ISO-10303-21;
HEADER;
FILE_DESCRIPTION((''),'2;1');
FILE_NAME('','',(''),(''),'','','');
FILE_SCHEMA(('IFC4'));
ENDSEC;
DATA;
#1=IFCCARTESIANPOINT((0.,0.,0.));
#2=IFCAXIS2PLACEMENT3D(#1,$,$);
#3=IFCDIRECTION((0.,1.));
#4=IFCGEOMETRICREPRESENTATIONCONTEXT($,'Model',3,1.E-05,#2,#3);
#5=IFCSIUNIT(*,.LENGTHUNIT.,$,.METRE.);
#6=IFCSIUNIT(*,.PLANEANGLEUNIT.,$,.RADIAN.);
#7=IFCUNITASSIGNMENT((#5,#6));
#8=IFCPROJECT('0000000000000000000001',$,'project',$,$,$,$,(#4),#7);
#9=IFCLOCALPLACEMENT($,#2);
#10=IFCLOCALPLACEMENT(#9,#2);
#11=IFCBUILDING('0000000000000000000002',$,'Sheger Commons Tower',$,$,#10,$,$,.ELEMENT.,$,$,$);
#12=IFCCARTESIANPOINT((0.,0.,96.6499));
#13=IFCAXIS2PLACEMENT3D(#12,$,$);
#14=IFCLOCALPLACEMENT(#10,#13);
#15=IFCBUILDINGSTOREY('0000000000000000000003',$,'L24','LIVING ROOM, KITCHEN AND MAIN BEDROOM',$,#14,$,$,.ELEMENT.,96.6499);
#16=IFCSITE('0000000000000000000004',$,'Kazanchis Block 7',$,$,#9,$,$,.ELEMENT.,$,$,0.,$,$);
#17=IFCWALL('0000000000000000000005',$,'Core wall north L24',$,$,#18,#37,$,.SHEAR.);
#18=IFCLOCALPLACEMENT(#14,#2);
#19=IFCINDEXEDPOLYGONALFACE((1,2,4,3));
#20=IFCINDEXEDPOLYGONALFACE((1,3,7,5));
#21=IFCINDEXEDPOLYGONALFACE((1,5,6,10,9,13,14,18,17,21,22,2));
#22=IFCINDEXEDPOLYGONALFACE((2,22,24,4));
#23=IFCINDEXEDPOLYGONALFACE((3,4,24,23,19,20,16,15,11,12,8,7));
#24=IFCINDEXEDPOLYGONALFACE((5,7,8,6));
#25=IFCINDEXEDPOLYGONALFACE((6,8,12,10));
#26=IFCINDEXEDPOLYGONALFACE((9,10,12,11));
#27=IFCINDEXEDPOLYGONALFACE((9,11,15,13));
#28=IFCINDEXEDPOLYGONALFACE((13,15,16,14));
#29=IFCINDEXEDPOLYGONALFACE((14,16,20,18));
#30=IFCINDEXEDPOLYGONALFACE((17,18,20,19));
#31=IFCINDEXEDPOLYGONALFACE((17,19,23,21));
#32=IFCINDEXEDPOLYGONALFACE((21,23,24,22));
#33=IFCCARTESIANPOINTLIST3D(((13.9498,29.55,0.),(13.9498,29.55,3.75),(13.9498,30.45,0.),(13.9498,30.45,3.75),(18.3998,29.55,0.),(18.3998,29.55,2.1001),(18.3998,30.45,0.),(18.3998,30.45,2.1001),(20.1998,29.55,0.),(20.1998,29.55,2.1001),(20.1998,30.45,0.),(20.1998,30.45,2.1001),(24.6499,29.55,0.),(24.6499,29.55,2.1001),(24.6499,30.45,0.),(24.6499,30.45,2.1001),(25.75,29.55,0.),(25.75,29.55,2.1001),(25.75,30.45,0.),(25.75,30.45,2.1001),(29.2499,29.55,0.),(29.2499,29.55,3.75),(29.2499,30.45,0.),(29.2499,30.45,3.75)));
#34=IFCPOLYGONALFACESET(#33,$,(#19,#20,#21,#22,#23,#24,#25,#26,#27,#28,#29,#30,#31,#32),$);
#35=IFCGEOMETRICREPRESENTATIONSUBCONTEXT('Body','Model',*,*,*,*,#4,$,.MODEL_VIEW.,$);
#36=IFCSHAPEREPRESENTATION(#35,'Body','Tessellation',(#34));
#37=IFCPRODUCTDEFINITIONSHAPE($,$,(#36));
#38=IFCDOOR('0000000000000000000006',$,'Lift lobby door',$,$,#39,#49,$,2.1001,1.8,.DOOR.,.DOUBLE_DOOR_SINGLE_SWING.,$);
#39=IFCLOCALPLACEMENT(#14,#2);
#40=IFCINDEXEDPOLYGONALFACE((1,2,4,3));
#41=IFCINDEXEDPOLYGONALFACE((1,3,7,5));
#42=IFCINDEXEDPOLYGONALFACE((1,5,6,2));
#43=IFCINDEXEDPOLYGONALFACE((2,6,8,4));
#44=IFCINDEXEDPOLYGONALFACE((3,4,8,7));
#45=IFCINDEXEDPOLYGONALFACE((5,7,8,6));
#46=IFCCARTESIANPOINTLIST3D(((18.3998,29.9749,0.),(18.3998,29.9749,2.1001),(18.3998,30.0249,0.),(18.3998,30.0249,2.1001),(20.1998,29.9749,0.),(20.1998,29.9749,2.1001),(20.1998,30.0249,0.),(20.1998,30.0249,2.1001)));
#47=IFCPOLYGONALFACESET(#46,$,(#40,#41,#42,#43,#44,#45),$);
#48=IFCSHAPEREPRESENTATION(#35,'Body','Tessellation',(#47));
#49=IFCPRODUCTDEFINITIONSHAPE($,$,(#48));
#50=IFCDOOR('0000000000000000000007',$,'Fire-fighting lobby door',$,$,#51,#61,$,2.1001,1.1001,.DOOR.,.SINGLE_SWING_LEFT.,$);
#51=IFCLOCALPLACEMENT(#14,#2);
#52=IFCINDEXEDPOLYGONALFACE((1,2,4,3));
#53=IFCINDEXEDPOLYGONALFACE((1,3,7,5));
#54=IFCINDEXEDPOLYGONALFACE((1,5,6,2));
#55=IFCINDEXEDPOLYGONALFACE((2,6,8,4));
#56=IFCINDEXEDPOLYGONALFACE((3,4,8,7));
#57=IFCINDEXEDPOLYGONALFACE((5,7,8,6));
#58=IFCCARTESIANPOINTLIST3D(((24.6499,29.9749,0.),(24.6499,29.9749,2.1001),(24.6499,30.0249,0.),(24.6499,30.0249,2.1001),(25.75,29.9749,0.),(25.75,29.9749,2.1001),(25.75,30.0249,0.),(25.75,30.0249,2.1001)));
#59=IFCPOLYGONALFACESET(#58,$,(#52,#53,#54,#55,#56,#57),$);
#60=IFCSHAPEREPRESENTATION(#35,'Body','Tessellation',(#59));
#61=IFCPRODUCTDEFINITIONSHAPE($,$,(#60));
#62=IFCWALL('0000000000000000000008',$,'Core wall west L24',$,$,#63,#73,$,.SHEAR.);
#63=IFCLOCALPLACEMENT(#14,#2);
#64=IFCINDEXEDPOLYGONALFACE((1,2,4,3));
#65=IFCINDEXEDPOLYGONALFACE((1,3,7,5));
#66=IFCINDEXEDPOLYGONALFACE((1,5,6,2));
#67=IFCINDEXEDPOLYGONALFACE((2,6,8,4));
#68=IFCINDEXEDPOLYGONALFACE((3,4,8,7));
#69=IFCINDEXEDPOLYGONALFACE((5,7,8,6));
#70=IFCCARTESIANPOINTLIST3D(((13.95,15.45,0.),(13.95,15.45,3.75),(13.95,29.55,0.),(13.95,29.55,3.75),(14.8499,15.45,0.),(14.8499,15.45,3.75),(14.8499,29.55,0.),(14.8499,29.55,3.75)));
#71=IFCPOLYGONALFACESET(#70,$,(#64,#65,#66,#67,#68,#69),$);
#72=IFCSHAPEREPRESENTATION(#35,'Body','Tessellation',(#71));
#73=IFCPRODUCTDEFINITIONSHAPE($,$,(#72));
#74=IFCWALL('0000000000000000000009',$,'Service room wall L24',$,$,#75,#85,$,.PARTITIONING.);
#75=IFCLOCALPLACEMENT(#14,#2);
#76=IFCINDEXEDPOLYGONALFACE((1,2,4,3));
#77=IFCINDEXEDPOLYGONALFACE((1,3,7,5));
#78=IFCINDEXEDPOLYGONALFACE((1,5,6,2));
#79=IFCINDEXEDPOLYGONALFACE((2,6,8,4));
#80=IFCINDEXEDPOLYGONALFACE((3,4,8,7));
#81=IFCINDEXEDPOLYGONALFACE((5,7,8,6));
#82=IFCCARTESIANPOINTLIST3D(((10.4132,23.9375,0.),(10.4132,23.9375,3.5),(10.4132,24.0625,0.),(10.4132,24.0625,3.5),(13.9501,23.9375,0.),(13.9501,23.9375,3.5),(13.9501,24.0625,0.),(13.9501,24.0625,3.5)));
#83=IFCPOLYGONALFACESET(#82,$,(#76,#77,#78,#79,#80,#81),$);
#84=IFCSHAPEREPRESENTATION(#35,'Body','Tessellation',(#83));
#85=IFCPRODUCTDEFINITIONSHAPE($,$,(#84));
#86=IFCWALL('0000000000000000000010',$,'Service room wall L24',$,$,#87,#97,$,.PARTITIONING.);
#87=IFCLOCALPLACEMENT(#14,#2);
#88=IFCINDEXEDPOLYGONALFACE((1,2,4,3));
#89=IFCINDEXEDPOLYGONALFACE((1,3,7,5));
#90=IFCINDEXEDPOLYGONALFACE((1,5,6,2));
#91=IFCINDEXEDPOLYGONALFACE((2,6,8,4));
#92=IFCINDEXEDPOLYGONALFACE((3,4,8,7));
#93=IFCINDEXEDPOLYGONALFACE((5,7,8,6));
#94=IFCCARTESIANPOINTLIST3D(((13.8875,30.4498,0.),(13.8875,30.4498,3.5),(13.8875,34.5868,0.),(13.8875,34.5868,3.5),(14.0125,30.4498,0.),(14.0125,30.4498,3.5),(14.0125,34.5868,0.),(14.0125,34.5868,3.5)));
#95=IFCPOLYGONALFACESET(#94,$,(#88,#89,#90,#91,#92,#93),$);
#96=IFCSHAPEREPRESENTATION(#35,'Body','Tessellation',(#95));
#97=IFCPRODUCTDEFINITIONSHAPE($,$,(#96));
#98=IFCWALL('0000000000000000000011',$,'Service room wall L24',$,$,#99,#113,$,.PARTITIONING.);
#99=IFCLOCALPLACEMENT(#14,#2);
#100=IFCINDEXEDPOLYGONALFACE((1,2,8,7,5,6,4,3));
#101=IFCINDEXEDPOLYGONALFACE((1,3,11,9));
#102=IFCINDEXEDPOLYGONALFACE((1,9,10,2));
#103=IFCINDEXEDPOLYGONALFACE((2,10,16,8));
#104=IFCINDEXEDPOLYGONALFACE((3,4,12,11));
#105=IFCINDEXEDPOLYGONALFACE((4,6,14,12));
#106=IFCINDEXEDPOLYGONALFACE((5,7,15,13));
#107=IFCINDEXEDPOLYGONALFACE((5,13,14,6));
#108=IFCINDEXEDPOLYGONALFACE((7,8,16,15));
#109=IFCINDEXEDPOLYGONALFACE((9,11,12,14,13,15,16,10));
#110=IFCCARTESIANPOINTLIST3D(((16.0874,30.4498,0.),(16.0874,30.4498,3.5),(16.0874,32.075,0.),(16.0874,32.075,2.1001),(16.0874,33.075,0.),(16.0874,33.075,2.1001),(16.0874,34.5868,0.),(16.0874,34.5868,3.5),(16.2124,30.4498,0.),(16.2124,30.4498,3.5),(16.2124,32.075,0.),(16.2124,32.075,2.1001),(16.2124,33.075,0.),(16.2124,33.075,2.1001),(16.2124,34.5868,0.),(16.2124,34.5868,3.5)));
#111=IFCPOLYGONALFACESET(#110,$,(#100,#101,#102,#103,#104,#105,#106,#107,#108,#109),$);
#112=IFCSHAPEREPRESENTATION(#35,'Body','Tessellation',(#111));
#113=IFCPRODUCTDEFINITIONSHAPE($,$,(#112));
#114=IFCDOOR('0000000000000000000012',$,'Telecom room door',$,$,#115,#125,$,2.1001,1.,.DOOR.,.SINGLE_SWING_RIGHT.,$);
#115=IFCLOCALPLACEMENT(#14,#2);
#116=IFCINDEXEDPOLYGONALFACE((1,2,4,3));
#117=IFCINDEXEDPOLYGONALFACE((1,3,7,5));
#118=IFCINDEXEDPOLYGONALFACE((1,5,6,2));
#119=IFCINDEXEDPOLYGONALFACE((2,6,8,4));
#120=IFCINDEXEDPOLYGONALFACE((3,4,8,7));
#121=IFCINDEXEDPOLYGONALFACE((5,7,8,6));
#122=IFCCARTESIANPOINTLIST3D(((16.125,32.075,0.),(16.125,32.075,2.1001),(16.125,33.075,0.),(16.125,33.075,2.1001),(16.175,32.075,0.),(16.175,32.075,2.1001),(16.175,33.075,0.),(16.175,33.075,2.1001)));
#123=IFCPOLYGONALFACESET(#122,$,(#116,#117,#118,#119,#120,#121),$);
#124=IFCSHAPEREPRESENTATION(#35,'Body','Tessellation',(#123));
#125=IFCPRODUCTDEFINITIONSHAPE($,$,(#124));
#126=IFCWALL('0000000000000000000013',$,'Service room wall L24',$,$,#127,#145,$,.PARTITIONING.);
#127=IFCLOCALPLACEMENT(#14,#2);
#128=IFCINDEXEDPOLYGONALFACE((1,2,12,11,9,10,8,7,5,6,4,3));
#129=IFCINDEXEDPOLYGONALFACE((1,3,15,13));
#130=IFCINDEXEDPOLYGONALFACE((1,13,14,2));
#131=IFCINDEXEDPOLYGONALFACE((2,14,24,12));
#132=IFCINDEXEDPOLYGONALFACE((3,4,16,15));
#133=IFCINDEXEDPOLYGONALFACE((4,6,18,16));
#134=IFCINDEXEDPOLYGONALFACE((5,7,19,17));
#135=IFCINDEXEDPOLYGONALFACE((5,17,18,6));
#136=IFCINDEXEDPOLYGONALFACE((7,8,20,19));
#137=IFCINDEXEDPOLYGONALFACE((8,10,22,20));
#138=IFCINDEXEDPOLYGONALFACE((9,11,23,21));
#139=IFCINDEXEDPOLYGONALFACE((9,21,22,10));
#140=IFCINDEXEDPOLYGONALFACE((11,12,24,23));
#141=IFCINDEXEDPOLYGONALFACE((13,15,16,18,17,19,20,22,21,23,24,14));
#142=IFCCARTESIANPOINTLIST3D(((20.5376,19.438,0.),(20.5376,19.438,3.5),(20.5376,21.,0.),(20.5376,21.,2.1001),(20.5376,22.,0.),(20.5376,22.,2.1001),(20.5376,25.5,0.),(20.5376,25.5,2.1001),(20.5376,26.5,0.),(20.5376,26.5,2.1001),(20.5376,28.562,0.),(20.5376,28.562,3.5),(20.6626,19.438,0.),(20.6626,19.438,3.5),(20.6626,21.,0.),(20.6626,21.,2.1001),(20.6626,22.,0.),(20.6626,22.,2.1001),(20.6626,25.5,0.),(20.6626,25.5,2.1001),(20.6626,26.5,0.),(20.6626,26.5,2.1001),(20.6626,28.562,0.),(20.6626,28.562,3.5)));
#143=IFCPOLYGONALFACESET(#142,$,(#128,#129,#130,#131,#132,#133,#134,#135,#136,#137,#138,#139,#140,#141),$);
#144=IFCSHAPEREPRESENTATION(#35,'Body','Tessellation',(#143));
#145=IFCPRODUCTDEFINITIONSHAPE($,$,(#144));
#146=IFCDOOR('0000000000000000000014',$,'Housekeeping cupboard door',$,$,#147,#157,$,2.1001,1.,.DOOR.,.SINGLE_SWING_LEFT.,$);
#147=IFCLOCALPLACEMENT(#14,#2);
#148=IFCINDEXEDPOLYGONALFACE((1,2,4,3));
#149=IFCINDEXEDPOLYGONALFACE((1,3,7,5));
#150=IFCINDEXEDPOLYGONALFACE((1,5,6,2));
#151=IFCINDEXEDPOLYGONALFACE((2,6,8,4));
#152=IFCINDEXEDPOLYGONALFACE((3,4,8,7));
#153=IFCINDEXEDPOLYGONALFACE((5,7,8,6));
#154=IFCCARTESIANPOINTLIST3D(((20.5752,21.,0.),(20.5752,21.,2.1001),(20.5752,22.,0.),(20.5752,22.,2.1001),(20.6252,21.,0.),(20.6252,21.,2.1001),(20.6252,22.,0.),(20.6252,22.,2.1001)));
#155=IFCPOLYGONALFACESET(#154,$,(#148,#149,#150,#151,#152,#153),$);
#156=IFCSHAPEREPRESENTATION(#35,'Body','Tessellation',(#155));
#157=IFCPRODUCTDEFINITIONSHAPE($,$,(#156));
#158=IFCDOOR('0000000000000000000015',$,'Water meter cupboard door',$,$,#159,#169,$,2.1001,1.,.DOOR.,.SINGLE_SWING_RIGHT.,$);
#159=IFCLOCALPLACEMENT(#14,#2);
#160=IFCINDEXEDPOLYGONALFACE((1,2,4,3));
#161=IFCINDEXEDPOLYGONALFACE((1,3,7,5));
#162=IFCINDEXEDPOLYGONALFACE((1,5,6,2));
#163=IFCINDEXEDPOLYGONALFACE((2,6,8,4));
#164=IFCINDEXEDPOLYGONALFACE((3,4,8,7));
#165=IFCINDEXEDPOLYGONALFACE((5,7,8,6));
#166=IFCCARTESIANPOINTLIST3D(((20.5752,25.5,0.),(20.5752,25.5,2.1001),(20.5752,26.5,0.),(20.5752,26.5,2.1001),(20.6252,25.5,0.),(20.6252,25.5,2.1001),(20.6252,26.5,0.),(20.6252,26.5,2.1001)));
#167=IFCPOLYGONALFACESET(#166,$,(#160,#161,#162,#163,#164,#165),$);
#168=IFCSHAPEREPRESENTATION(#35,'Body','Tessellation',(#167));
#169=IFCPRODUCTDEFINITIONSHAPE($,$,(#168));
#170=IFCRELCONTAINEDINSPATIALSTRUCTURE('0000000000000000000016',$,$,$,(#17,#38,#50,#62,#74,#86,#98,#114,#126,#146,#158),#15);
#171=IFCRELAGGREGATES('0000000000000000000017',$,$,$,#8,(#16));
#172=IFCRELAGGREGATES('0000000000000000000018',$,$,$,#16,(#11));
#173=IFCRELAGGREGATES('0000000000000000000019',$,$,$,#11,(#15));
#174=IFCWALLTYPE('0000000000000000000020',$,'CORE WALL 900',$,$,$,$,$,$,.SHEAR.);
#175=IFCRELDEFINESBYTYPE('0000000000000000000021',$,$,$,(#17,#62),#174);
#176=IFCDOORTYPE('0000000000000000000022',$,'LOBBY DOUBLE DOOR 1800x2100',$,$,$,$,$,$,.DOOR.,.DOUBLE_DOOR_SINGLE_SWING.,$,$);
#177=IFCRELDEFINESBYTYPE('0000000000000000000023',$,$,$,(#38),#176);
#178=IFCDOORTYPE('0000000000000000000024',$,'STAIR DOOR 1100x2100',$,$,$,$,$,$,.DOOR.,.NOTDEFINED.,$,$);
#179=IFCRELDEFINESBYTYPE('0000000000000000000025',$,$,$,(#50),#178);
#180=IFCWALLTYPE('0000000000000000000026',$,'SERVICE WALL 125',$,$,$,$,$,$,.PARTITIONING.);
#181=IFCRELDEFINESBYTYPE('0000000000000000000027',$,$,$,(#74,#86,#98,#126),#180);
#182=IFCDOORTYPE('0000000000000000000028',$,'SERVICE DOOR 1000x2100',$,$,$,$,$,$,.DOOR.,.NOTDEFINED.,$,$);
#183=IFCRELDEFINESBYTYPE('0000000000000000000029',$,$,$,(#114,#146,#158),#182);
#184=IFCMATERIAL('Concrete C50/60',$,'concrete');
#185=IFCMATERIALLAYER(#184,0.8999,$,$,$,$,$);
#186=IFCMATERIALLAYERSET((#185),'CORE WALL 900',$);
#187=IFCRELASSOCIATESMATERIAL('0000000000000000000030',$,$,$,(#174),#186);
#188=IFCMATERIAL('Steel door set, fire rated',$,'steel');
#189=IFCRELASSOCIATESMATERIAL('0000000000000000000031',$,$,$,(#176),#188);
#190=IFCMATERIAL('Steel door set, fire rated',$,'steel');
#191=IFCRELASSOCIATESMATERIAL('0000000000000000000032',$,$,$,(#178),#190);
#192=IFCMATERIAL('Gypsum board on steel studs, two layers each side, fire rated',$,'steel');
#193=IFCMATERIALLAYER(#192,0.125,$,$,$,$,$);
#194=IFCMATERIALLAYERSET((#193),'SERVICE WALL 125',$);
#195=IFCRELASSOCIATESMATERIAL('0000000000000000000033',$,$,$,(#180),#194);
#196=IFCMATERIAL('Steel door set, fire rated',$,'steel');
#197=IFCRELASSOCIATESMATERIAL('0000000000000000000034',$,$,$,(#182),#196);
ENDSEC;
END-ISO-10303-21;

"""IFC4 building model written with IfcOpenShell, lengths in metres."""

from ifc_helpers import new_model, si_unit, direction, frame, frame_2d, origin, place, context, subcontext, project, spatial, rectangle, extrude, material, layer, layer_set, type_object, element, fill, save


model = new_model("IFC4")

# Units and contexts
model_context = context("Model", 3, precision=1e-05, world=origin(), true_north=direction((0.0, 1.0)))
body_context = subcontext(model_context, "Body", "Model", "MODEL_VIEW")
ifc_project = project(units=[si_unit("LENGTHUNIT", "METRE"), si_unit("PLANEANGLEUNIT", "RADIAN")], contexts=[model_context])

# Site, building, storey
site_placement = place(None, origin())
site = spatial("IfcSite", under=ifc_project, at=site_placement, Name="Kazanchis Block 7", CompositionType="ELEMENT", RefElevation=0.0)
building_placement = place(site_placement, origin())
building = spatial("IfcBuilding", under=site, at=building_placement, Name="Sheger Commons Tower", CompositionType="ELEMENT")
storey_placement = place(building_placement, frame((0.0, 0.0, 96.6499)))
storey = spatial("IfcBuildingStorey", under=building, at=storey_placement, Name="L24", Description="LIVING ROOM, KITCHEN AND MAIN BEDROOM", CompositionType="ELEMENT", Elevation=96.6499)

# Wall, openings, doors
ifc_material_1 = material(Name="Concrete C50/60", Category="concrete")
ifc_layer_1 = layer(ifc_material_1, 0.8999)
ifc_layer_set_1 = layer_set([ifc_layer_1], Name="CORE WALL 900")
wall_type_1 = type_object("IfcWallType", Name="CORE WALL 900", PredefinedType="SHEAR", material=ifc_layer_set_1)
ifc_material_2 = material(Name="Steel door set, fire rated", Category="steel")
door_type_1 = type_object("IfcDoorType", Name="LOBBY DOUBLE DOOR 1800x2100", OperationType="DOUBLE_DOOR_SINGLE_SWING", PredefinedType="DOOR", material=ifc_material_2)
ifc_material_3 = material(Name="Steel door set, fire rated", Category="steel")
door_type_2 = type_object("IfcDoorType", Name="STAIR DOOR 1100x2100", OperationType="NOTDEFINED", PredefinedType="DOOR", material=ifc_material_3)
wall_1_placement = place(storey_placement, frame((13.95, 30.0, 0.0), z_axis=(0.0, 0.0, 1.0), x_axis=(1.0, 0.0, 0.0)))
wall_1 = element("IfcWall", 1, at=wall_1_placement, inside=storey, type_object=wall_type_1, Name="Core wall north L24", PredefinedType="SHEAR", context=body_context, shape_type="SweptSolid", body=[
    extrude(rectangle(XDim=15.3, YDim=0.8999, at=frame_2d((7.6499, 0.0))), origin(), (0.0, 0.0, 1.0), 3.75),
])
opening_1_placement = place(wall_1_placement, frame((4.45, 0.0, 0.0)))
opening_1 = element("IfcOpeningElement", 2, at=opening_1_placement, cuts=wall_1, PredefinedType="OPENING", context=body_context, shape_type="SweptSolid", body=[
    extrude(rectangle(XDim=1.8, YDim=2.1001, at=frame_2d((0.8999, 1.05))), frame((0.0, 0.46, 0.0), z_axis=(0.0, -1.0, 0.0), x_axis=(1.0, 0.0, 0.0)), (0.0, 0.0, 1.0), 0.9199),
])
opening_2_placement = place(wall_1_placement, frame((10.7, 0.0, 0.0)))
opening_2 = element("IfcOpeningElement", 3, at=opening_2_placement, cuts=wall_1, PredefinedType="OPENING", context=body_context, shape_type="SweptSolid", body=[
    extrude(rectangle(XDim=1.1001, YDim=2.1001, at=frame_2d((0.55, 1.05))), frame((0.0, 0.46, 0.0), z_axis=(0.0, -1.0, 0.0), x_axis=(1.0, 0.0, 0.0)), (0.0, 0.0, 1.0), 0.9199),
])
door_1_placement = place(opening_1_placement, origin())
door_1 = element("IfcDoor", 4, at=door_1_placement, inside=storey, type_object=door_type_1, Name="Lift lobby door", OperationType="DOUBLE_DOOR_SINGLE_SWING", OverallHeight=2.1001, OverallWidth=1.8, PredefinedType="DOOR", context=body_context, shape_type="SweptSolid", body=[
    extrude(rectangle(XDim=1.8, YDim=2.1001, at=frame_2d((0.8999, 1.05))), frame((0.0, 0.0249, 0.0), z_axis=(0.0, -1.0, 0.0), x_axis=(1.0, 0.0, 0.0)), (0.0, 0.0, 1.0), 0.05),
])
fill(opening_1, door_1)
door_2_placement = place(opening_2_placement, origin())
door_2 = element("IfcDoor", 5, at=door_2_placement, inside=storey, type_object=door_type_2, Name="Fire-fighting lobby door", OperationType="SINGLE_SWING_LEFT", OverallHeight=2.1001, OverallWidth=1.1001, PredefinedType="DOOR", context=body_context, shape_type="SweptSolid", body=[
    extrude(rectangle(XDim=1.1001, YDim=2.1001, at=frame_2d((0.55, 1.05))), frame((0.0, 0.0249, 0.0), z_axis=(0.0, -1.0, 0.0), x_axis=(1.0, 0.0, 0.0)), (0.0, 0.0, 1.0), 0.05),
])
fill(opening_2, door_2)

# Walls
wall_2_placement = place(storey_placement, frame((14.3999, 15.45, 0.0), z_axis=(0.0, 0.0, 1.0), x_axis=(0.0, 1.0, 0.0)))
element("IfcWall", 6, at=wall_2_placement, inside=storey, type_object=wall_type_1, Name="Core wall west L24", PredefinedType="SHEAR", context=body_context, shape_type="SweptSolid", body=[
    extrude(rectangle(XDim=14.1001, YDim=0.8999, at=frame_2d((7.05, 0.0))), origin(), (0.0, 0.0, 1.0), 3.75),
])
ifc_material_4 = material(Name="Gypsum board on steel studs, two layers each side, fire rated", Category="steel")
ifc_layer_2 = layer(ifc_material_4, 0.125)
ifc_layer_set_2 = layer_set([ifc_layer_2], Name="SERVICE WALL 125")
wall_type_2 = type_object("IfcWallType", Name="SERVICE WALL 125", PredefinedType="PARTITIONING", material=ifc_layer_set_2)
wall_3_placement = place(storey_placement, frame((10.4131, 24.0, 0.0), z_axis=(0.0, 0.0, 1.0), x_axis=(1.0, 0.0, 0.0)))
element("IfcWall", 7, at=wall_3_placement, inside=storey, type_object=wall_type_2, Name="Service room wall L24", PredefinedType="PARTITIONING", context=body_context, shape_type="SweptSolid", body=[
    extrude(rectangle(XDim=3.5369, YDim=0.125, at=frame_2d((1.7686, 0.0))), origin(), (0.0, 0.0, 1.0), 3.5),
])
wall_4_placement = place(storey_placement, frame((13.95, 30.45, 0.0), z_axis=(0.0, 0.0, 1.0), x_axis=(0.0, 1.0, 0.0)))
element("IfcWall", 8, at=wall_4_placement, inside=storey, type_object=wall_type_2, Name="Service room wall L24", PredefinedType="PARTITIONING", context=body_context, shape_type="SweptSolid", body=[
    extrude(rectangle(XDim=4.137, YDim=0.125, at=frame_2d((2.0684, 0.0))), origin(), (0.0, 0.0, 1.0), 3.5),
])

# Wall, opening, door
wall_5_placement = place(storey_placement, frame((16.1499, 30.45, 0.0), z_axis=(0.0, 0.0, 1.0), x_axis=(0.0, 1.0, 0.0)))
wall_5 = element("IfcWall", 9, at=wall_5_placement, inside=storey, type_object=wall_type_2, Name="Service room wall L24", PredefinedType="PARTITIONING", context=body_context, shape_type="SweptSolid", body=[
    extrude(rectangle(XDim=4.137, YDim=0.125, at=frame_2d((2.0684, 0.0))), origin(), (0.0, 0.0, 1.0), 3.5),
])
opening_3_placement = place(wall_5_placement, frame((1.625, 0.0, 0.0)))
opening_3 = element("IfcOpeningElement", 10, at=opening_3_placement, cuts=wall_5, PredefinedType="OPENING", context=body_context, shape_type="SweptSolid", body=[
    extrude(rectangle(XDim=1.0, YDim=2.1001, at=frame_2d((0.5, 1.05))), frame((0.0, 0.0725, 0.0), z_axis=(0.0, -1.0, 0.0), x_axis=(1.0, 0.0, 0.0)), (0.0, 0.0, 1.0), 0.145),
])
ifc_material_5 = material(Name="Steel door set, fire rated", Category="steel")
door_type_3 = type_object("IfcDoorType", Name="SERVICE DOOR 1000x2100", OperationType="NOTDEFINED", PredefinedType="DOOR", material=ifc_material_5)
door_3_placement = place(opening_3_placement, origin())
door_3 = element("IfcDoor", 11, at=door_3_placement, inside=storey, type_object=door_type_3, Name="Telecom room door", OperationType="SINGLE_SWING_RIGHT", OverallHeight=2.1001, OverallWidth=1.0, PredefinedType="DOOR", context=body_context, shape_type="SweptSolid", body=[
    extrude(rectangle(XDim=1.0, YDim=2.1001, at=frame_2d((0.5, 1.05))), frame((0.0, 0.0249, 0.0), z_axis=(0.0, -1.0, 0.0), x_axis=(1.0, 0.0, 0.0)), (0.0, 0.0, 1.0), 0.05),
])
fill(opening_3, door_3)

# Wall, openings, doors
wall_6_placement = place(storey_placement, frame((20.6001, 19.438, 0.0), z_axis=(0.0, 0.0, 1.0), x_axis=(0.0, 1.0, 0.0)))
wall_6 = element("IfcWall", 12, at=wall_6_placement, inside=storey, type_object=wall_type_2, Name="Service room wall L24", PredefinedType="PARTITIONING", context=body_context, shape_type="SweptSolid", body=[
    extrude(rectangle(XDim=9.124, YDim=0.125, at=frame_2d((4.562, 0.0))), origin(), (0.0, 0.0, 1.0), 3.5),
])
opening_4_placement = place(wall_6_placement, frame((1.562, 0.0, 0.0)))
opening_4 = element("IfcOpeningElement", 13, at=opening_4_placement, cuts=wall_6, PredefinedType="OPENING", context=body_context, shape_type="SweptSolid", body=[
    extrude(rectangle(XDim=1.0, YDim=2.1001, at=frame_2d((0.5, 1.05))), frame((0.0, 0.0725, 0.0), z_axis=(0.0, -1.0, 0.0), x_axis=(1.0, 0.0, 0.0)), (0.0, 0.0, 1.0), 0.145),
])
opening_5_placement = place(wall_6_placement, frame((6.062, 0.0, 0.0)))
opening_5 = element("IfcOpeningElement", 14, at=opening_5_placement, cuts=wall_6, PredefinedType="OPENING", context=body_context, shape_type="SweptSolid", body=[
    extrude(rectangle(XDim=1.0, YDim=2.1001, at=frame_2d((0.5, 1.05))), frame((0.0, 0.0725, 0.0), z_axis=(0.0, -1.0, 0.0), x_axis=(1.0, 0.0, 0.0)), (0.0, 0.0, 1.0), 0.145),
])
door_4_placement = place(opening_4_placement, origin())
door_4 = element("IfcDoor", 15, at=door_4_placement, inside=storey, type_object=door_type_3, Name="Housekeeping cupboard door", OperationType="SINGLE_SWING_LEFT", OverallHeight=2.1001, OverallWidth=1.0, PredefinedType="DOOR", context=body_context, shape_type="SweptSolid", body=[
    extrude(rectangle(XDim=1.0, YDim=2.1001, at=frame_2d((0.5, 1.05))), frame((0.0, 0.0249, 0.0), z_axis=(0.0, -1.0, 0.0), x_axis=(1.0, 0.0, 0.0)), (0.0, 0.0, 1.0), 0.05),
])
fill(opening_4, door_4)
door_5_placement = place(opening_5_placement, origin())
door_5 = element("IfcDoor", 16, at=door_5_placement, inside=storey, type_object=door_type_3, Name="Water meter cupboard door", OperationType="SINGLE_SWING_RIGHT", OverallHeight=2.1001, OverallWidth=1.0, PredefinedType="DOOR", context=body_context, shape_type="SweptSolid", body=[
    extrude(rectangle(XDim=1.0, YDim=2.1001, at=frame_2d((0.5, 1.05))), frame((0.0, 0.0249, 0.0), z_axis=(0.0, -1.0, 0.0), x_axis=(1.0, 0.0, 0.0)), (0.0, 0.0, 1.0), 0.05),
])
fill(opening_5, door_5)

save(model, "model.ifc")
